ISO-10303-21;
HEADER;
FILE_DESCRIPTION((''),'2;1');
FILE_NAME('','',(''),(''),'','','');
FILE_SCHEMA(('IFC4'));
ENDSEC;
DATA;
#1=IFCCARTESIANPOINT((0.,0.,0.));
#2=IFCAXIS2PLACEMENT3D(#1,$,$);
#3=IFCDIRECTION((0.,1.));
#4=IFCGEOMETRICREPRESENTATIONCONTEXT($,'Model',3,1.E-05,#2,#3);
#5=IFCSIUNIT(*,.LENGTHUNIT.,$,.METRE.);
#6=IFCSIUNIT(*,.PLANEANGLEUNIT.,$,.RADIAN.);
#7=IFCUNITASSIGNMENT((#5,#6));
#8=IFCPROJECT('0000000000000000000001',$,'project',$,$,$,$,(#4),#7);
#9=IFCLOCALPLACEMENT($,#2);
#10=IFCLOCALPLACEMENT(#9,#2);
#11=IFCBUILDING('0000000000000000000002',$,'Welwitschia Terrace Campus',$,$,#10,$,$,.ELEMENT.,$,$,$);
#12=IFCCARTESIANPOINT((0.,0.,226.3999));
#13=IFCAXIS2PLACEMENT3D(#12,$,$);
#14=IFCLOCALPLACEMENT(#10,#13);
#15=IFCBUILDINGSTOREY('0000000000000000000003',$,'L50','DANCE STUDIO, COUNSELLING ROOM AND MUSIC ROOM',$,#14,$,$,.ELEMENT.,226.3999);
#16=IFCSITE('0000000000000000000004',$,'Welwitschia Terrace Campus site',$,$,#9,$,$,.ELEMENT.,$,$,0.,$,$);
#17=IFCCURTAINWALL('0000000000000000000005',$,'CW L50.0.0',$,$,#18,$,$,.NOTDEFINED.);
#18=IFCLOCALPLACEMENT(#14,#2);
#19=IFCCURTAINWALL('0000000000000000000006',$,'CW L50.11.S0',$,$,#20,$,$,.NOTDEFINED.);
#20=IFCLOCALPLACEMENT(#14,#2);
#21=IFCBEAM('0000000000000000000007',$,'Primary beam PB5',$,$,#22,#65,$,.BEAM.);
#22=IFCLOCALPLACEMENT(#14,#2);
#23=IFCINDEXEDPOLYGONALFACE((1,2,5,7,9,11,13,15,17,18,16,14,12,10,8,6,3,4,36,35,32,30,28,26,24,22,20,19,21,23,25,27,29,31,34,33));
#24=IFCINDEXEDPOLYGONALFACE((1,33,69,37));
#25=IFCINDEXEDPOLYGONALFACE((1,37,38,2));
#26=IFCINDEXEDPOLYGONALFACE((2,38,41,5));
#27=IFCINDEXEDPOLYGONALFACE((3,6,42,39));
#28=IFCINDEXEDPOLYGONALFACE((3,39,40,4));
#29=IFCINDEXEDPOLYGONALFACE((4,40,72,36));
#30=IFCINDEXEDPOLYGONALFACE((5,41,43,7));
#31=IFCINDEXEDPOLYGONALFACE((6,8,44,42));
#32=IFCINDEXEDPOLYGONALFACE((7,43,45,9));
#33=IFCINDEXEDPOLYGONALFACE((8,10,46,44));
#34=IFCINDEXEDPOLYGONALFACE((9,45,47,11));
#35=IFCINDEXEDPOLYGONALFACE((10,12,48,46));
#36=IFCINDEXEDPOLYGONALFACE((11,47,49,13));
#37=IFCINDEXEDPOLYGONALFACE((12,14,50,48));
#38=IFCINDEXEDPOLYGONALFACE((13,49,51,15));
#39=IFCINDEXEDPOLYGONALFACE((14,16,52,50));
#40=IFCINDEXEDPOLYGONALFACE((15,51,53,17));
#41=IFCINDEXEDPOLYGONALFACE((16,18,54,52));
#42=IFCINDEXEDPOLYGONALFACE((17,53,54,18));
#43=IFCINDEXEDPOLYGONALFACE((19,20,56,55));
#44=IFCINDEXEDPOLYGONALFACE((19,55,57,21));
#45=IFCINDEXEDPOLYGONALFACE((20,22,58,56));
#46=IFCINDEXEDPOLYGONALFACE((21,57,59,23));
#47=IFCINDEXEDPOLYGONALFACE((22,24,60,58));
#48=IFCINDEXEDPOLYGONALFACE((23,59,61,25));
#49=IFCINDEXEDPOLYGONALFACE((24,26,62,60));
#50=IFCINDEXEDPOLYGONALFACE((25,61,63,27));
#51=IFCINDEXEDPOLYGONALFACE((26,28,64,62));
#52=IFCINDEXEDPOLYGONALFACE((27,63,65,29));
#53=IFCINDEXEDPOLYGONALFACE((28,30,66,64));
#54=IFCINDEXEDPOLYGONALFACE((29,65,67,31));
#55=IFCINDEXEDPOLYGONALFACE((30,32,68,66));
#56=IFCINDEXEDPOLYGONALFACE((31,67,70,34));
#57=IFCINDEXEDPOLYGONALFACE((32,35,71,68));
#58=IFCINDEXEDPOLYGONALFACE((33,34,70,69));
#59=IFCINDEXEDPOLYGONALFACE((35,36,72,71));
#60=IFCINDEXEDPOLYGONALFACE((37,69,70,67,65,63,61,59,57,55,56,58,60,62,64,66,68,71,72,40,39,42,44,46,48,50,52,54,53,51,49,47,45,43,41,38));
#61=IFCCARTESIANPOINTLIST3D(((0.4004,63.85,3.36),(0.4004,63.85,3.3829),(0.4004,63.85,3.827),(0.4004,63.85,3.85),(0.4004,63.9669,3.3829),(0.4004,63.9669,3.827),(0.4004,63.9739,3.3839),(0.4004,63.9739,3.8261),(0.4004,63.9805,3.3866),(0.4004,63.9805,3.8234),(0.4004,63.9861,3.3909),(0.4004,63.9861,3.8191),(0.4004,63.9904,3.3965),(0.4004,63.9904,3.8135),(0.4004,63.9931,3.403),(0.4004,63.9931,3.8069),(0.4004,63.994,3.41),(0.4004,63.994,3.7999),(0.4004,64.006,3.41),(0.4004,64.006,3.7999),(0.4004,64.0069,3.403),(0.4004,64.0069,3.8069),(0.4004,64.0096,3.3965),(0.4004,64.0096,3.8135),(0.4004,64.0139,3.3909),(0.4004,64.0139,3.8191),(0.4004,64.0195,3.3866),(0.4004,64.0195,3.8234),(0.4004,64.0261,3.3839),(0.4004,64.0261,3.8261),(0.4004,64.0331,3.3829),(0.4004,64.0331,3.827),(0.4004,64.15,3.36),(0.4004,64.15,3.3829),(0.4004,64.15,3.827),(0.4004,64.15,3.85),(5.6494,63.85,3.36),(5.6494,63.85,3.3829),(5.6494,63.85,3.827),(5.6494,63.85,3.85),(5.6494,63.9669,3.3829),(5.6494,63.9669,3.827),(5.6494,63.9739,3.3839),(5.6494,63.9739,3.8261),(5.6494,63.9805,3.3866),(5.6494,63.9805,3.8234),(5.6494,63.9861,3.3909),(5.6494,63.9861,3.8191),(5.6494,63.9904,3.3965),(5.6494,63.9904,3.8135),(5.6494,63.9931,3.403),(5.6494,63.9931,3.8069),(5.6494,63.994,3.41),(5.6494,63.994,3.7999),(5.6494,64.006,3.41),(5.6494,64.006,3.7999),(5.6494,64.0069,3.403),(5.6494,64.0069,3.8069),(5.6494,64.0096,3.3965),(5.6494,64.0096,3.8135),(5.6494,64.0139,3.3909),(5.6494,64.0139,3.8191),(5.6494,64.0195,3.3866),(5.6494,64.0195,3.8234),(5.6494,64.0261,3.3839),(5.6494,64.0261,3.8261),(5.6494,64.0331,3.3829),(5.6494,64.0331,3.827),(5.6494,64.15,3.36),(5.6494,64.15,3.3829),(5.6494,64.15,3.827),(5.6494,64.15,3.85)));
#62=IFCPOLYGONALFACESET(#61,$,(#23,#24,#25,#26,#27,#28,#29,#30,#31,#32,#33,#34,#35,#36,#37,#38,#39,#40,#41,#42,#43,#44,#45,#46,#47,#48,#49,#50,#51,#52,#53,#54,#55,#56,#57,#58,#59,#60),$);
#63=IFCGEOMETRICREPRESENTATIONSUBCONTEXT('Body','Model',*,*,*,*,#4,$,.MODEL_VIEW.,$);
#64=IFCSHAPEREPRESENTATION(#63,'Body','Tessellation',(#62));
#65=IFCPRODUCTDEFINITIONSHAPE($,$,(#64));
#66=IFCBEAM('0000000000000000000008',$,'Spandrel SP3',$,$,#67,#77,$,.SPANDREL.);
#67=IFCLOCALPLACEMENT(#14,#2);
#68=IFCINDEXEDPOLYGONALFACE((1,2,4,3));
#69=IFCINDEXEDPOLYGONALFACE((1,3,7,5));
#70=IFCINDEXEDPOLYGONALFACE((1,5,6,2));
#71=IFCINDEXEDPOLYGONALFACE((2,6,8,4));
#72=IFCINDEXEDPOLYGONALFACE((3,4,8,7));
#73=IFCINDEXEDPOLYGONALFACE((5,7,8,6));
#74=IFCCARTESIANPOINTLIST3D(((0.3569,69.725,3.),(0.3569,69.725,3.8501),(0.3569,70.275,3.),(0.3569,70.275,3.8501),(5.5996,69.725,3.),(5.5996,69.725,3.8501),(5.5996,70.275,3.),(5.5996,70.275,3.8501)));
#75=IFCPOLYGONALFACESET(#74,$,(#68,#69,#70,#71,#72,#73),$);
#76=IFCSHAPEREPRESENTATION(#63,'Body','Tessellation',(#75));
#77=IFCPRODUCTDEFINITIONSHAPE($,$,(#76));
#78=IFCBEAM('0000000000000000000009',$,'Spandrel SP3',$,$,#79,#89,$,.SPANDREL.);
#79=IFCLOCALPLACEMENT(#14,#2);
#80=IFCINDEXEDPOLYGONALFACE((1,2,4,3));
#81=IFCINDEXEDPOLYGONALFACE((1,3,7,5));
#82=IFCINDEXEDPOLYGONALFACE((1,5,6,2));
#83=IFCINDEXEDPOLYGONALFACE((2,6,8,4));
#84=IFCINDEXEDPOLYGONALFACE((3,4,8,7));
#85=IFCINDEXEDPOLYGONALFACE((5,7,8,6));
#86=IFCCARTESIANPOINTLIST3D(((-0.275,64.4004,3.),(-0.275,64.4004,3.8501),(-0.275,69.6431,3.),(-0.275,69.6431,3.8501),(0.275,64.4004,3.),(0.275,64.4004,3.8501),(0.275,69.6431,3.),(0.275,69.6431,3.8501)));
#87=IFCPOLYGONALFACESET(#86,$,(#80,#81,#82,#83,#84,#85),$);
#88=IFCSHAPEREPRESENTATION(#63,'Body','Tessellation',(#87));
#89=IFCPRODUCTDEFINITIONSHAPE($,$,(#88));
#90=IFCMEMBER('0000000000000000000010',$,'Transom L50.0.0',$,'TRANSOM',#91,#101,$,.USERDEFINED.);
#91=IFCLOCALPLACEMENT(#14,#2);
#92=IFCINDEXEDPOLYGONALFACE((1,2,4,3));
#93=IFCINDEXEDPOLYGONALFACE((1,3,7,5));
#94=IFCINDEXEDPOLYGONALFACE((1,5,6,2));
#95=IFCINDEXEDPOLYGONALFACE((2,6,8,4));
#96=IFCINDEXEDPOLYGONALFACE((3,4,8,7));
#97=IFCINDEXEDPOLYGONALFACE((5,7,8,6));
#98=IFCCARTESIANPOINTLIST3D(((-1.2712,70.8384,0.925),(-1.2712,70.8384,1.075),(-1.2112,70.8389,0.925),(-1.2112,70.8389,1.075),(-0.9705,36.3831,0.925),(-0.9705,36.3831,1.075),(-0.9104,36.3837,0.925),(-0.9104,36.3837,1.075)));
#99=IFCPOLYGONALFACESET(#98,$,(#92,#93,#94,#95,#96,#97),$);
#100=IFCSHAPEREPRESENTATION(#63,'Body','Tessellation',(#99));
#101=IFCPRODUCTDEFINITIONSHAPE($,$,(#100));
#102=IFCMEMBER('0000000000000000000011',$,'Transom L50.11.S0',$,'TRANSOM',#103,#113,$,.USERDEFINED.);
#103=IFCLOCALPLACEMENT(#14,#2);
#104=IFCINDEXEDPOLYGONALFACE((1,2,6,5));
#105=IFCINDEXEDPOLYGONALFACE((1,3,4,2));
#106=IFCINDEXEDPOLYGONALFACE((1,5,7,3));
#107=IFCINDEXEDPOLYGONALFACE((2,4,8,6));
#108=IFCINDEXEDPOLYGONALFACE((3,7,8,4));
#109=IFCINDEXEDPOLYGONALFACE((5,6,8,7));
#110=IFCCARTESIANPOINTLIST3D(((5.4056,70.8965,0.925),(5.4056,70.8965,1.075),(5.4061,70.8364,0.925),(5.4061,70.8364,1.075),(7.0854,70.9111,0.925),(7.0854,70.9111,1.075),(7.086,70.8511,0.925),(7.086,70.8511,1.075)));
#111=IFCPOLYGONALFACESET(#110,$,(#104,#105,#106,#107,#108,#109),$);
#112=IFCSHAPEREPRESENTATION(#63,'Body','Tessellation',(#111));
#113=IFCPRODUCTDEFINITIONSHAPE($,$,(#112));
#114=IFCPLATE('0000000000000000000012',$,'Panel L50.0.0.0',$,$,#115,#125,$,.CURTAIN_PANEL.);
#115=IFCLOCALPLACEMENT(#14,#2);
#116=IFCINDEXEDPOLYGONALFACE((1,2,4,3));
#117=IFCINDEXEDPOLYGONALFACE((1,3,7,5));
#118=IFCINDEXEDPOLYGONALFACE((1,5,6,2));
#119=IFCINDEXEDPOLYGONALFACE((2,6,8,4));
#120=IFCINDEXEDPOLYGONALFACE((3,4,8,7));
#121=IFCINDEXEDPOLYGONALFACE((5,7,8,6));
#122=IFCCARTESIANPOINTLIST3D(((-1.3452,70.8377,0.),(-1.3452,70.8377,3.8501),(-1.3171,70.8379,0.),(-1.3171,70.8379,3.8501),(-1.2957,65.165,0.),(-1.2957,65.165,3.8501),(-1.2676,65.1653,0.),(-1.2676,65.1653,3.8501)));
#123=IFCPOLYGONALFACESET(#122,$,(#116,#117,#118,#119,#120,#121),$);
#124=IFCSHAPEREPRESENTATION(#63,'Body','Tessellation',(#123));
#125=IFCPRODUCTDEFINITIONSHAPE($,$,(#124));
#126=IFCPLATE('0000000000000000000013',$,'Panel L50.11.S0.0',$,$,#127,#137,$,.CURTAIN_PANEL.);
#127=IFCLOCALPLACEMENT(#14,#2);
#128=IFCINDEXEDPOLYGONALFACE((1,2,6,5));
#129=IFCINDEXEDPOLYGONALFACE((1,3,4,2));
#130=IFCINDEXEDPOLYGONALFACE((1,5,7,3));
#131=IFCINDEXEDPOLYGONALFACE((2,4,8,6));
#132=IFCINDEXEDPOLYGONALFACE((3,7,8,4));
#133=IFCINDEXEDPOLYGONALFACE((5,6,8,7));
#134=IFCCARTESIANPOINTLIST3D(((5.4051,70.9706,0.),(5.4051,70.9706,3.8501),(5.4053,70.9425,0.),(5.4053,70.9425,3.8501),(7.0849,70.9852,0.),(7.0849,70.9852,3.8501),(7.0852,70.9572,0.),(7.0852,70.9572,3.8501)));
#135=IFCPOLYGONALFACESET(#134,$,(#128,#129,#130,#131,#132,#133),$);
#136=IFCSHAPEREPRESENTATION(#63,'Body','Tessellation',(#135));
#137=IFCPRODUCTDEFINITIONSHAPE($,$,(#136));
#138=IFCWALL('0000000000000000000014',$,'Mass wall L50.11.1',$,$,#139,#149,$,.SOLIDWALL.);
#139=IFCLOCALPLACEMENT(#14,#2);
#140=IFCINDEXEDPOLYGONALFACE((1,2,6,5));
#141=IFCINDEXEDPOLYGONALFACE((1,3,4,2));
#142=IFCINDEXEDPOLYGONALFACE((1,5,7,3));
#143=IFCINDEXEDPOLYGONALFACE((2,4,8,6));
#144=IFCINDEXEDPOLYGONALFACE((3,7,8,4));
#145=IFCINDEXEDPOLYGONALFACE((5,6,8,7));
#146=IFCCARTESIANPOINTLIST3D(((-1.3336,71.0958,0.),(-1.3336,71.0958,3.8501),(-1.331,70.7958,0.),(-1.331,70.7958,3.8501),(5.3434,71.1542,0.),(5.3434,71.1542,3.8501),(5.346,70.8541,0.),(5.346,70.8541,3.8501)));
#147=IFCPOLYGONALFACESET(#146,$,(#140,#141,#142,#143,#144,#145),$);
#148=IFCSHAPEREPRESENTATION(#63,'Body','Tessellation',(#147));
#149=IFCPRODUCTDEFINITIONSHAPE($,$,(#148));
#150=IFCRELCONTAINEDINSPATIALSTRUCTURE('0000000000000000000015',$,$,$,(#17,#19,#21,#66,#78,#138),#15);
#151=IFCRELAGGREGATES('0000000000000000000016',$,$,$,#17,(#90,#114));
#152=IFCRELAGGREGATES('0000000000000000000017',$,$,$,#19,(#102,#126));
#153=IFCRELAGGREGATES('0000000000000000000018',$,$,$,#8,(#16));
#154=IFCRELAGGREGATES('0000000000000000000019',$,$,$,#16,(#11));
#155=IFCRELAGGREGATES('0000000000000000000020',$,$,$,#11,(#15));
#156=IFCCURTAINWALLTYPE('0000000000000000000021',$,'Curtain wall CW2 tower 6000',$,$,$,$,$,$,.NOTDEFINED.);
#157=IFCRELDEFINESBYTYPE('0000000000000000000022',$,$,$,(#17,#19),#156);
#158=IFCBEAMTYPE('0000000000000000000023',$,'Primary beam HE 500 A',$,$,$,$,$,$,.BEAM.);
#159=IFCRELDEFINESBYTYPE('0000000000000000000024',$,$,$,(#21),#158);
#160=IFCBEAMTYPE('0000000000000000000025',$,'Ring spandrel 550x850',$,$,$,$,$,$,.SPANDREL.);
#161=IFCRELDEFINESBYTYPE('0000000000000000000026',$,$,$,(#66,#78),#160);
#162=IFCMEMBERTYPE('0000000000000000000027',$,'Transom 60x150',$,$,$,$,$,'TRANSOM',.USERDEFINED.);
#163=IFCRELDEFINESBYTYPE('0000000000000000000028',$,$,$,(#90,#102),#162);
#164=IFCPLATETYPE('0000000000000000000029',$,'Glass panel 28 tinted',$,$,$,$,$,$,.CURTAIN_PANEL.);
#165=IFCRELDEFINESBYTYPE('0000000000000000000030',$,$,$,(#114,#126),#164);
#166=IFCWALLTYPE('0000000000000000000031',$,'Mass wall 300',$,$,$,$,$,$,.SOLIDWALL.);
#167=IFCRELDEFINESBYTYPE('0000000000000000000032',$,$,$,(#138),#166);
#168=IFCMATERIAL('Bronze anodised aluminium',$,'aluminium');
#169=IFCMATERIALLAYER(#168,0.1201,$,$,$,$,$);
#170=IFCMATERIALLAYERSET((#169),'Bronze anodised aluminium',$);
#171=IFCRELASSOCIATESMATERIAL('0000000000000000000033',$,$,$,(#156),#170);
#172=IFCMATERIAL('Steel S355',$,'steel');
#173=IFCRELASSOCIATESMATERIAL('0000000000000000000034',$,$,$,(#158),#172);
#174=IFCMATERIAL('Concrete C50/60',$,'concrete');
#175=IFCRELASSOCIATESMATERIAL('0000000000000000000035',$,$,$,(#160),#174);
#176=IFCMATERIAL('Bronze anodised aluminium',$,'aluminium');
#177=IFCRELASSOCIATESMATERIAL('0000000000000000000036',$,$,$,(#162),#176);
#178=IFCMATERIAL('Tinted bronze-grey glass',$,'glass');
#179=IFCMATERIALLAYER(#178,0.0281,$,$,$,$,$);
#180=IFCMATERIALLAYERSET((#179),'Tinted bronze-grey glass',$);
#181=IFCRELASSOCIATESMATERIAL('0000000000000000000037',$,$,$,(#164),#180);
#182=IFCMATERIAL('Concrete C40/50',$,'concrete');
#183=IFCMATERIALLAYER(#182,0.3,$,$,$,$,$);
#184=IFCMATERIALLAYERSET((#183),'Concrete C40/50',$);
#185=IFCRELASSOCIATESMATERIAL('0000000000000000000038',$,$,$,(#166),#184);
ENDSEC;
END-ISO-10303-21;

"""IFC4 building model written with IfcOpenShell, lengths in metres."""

from ifc_helpers import new_model, si_unit, direction, frame, frame_2d, origin, origin_2d, place, context, subcontext, project, spatial, rectangle, i_section, extrude, material, layer, layer_set, material_profile, profile_set, type_object, element, aggregate, save


model = new_model("IFC4")

# Units and contexts
model_context = context("Model", 3, precision=1e-05, world=origin(), true_north=direction((0.0, 1.0)))
body_context = subcontext(model_context, "Body", "Model", "MODEL_VIEW")
ifc_project = project(units=[si_unit("LENGTHUNIT", "METRE"), si_unit("PLANEANGLEUNIT", "RADIAN")], contexts=[model_context])

# Site, building, storey
site_placement = place(None, origin())
site = spatial("IfcSite", under=ifc_project, at=site_placement, Name="Welwitschia Terrace Campus site", CompositionType="ELEMENT", RefElevation=0.0)
building_placement = place(site_placement, origin())
building = spatial("IfcBuilding", under=site, at=building_placement, Name="Welwitschia Terrace Campus", CompositionType="ELEMENT")
storey_placement = place(building_placement, frame((0.0, 0.0, 226.3999)))
storey = spatial("IfcBuildingStorey", under=building, at=storey_placement, Name="L50", Description="DANCE STUDIO, COUNSELLING ROOM AND MUSIC ROOM", CompositionType="ELEMENT", Elevation=226.3999)

# Curtain walls
ifc_material_1 = material(Name="Bronze anodised aluminium", Category="aluminium")
ifc_layer_1 = layer(ifc_material_1, 0.1201)
ifc_layer_set_1 = layer_set([ifc_layer_1], Name="Bronze anodised aluminium")
curtain_wall_type = type_object("IfcCurtainWallType", Name="Curtain wall CW2 tower 6000", PredefinedType="NOTDEFINED", material=ifc_layer_set_1)
curtain_wall_1_placement = place(storey_placement, origin())
curtain_wall_1 = element("IfcCurtainWall", 1, at=curtain_wall_1_placement, inside=storey, type_object=curtain_wall_type, Name="CW L50.0.0", PredefinedType="NOTDEFINED")
curtain_wall_2_placement = place(storey_placement, origin())
curtain_wall_2 = element("IfcCurtainWall", 2, at=curtain_wall_2_placement, inside=storey, type_object=curtain_wall_type, Name="CW L50.11.S0", PredefinedType="NOTDEFINED")

# Beams
ifc_material_2 = material(Name="Steel S355", Category="steel")
ifc_material_profile_1 = material_profile(ifc_material_2, i_section(OverallWidth=0.3, OverallDepth=0.49, WebThickness=0.012, FlangeThickness=0.0229, FilletRadius=0.0271, at=origin_2d()))
ifc_profile_set_1 = profile_set([ifc_material_profile_1], Name="Steel S355")
beam_type_1 = type_object("IfcBeamType", Name="Primary beam HE 500 A", PredefinedType="BEAM", material=ifc_profile_set_1)
beam_1_placement = place(storey_placement, frame((0.4004, 64.0, 3.605), z_axis=(1.0, 0.0, 0.0), x_axis=(0.0, 1.0, 0.0)))
element("IfcBeam", 3, at=beam_1_placement, inside=storey, type_object=beam_type_1, Name="Primary beam PB5", PredefinedType="BEAM", context=body_context, shape_type="SweptSolid", body=[
    extrude(i_section(OverallWidth=0.3, OverallDepth=0.49, WebThickness=0.012, FlangeThickness=0.0229, FilletRadius=0.0271, at=origin_2d()), origin(), (0.0, 0.0, 1.0), 5.249),
])
ifc_material_3 = material(Name="Concrete C50/60", Category="concrete")
ifc_material_profile_2 = material_profile(ifc_material_3, rectangle(XDim=0.55, YDim=0.8501, at=origin_2d()))
ifc_profile_set_2 = profile_set([ifc_material_profile_2], Name="Concrete C50/60")
beam_type_2 = type_object("IfcBeamType", Name="Ring spandrel 550x850", PredefinedType="SPANDREL", material=ifc_profile_set_2)
for number, where, z_axis, x_axis, name in (
    (4, (5.5996, 70.0, 3.425), (-1.0, 0.0, 0.0), (0.0, -1.0, 0.0), "Spandrel SP3"),
    (5, (0.0, 69.6431, 3.425), (0.0, -1.0, 0.0), (1.0, 0.0, 0.0), "Spandrel SP3"),
):
    element("IfcBeam", number, at=place(storey_placement, frame(where, z_axis=z_axis, x_axis=x_axis)), inside=storey, type_object=beam_type_2, Name=name, PredefinedType="SPANDREL", context=body_context, shape_type="SweptSolid", body=[
        extrude(rectangle(XDim=0.55, YDim=0.8501, at=origin_2d()), origin(), (0.0, 0.0, 1.0), 5.2427),
    ])

# Members
ifc_material_4 = material(Name="Bronze anodised aluminium", Category="aluminium")
ifc_material_profile_3 = material_profile(ifc_material_4, rectangle(XDim=0.0601, YDim=0.1499, at=origin_2d()))
ifc_profile_set_3 = profile_set([ifc_material_profile_3], Name="Bronze anodised aluminium")
member_type_1 = type_object("IfcMemberType", Name="Transom 60x150", ElementType="TRANSOM", PredefinedType="USERDEFINED", material=ifc_profile_set_3)
member_1_placement = place(storey_placement, frame((-1.2412, 70.8386, 1.0), z_axis=(0.008729, -0.999962, 0.0), x_axis=(0.999962, 0.008729, 0.0)))
member_1 = element("IfcMember", 6, at=member_1_placement, type_object=member_type_1, Name="Transom L50.0.0", ObjectType="TRANSOM", PredefinedType="USERDEFINED", context=body_context, shape_type="SweptSolid", body=[
    extrude(rectangle(XDim=0.0601, YDim=0.1499, at=origin_2d()), origin(), (0.0, 0.0, 1.0), 34.4565),
])
member_2_placement = place(storey_placement, frame((7.0857, 70.8811, 1.0), z_axis=(-0.999962, -0.008719, 0.0), x_axis=(0.008719, -0.999962, 0.0)))
member_2 = element("IfcMember", 7, at=member_2_placement, type_object=member_type_1, Name="Transom L50.11.S0", ObjectType="TRANSOM", PredefinedType="USERDEFINED", context=body_context, shape_type="SweptSolid", body=[
    extrude(rectangle(XDim=0.0601, YDim=0.1499, at=origin_2d()), origin(), (0.0, 0.0, 1.0), 1.6799),
])

# Plates
ifc_material_5 = material(Name="Tinted bronze-grey glass", Category="glass")
ifc_layer_2 = layer(ifc_material_5, 0.0281)
ifc_layer_set_2 = layer_set([ifc_layer_2], Name="Tinted bronze-grey glass")
plate_type = type_object("IfcPlateType", Name="Glass panel 28 tinted", PredefinedType="CURTAIN_PANEL", material=ifc_layer_set_2)
plate_1_placement = place(storey_placement, frame((-1.3064, 68.0015, 0.0), z_axis=(0.0, 0.0, 1.0), x_axis=(0.008727, -0.999962, 0.0)))
plate_1 = element("IfcPlate", 8, at=plate_1_placement, type_object=plate_type, Name="Panel L50.0.0.0", PredefinedType="CURTAIN_PANEL", context=body_context, shape_type="SweptSolid", body=[
    extrude(rectangle(XDim=5.6729, YDim=0.0281, at=origin_2d()), origin(), (0.0, 0.0, 1.0), 3.8501),
])
aggregate(curtain_wall_1, [member_1, plate_1])
plate_2_placement = place(storey_placement, frame((6.2451, 70.9639, 0.0), z_axis=(0.0, 0.0, 1.0), x_axis=(-0.999962, -0.008727, 0.0)))
plate_2 = element("IfcPlate", 9, at=plate_2_placement, type_object=plate_type, Name="Panel L50.11.S0.0", PredefinedType="CURTAIN_PANEL", context=body_context, shape_type="SweptSolid", body=[
    extrude(rectangle(XDim=1.6799, YDim=0.0281, at=origin_2d()), origin(), (0.0, 0.0, 1.0), 3.8501),
])
aggregate(curtain_wall_2, [member_2, plate_2])

# Wall
ifc_material_6 = material(Name="Concrete C40/50", Category="concrete")
ifc_layer_3 = layer(ifc_material_6, 0.3)
ifc_layer_set_3 = layer_set([ifc_layer_3], Name="Concrete C40/50")
wall_type = type_object("IfcWallType", Name="Mass wall 300", PredefinedType="SOLIDWALL", material=ifc_layer_set_3)
wall_placement = place(storey_placement, frame((5.3447, 71.0042, 0.0), z_axis=(0.0, 0.0, 1.0), x_axis=(-0.999962, -0.008739, 0.0)))
element("IfcWall", 10, at=wall_placement, inside=storey, type_object=wall_type, Name="Mass wall L50.11.1", PredefinedType="SOLIDWALL", context=body_context, shape_type="SweptSolid", body=[
    extrude(rectangle(XDim=6.6772, YDim=0.3, at=frame_2d((3.3386, 0.0))), origin(), (0.0, 0.0, 1.0), 3.8501),
])

save(model, "model.ifc")
